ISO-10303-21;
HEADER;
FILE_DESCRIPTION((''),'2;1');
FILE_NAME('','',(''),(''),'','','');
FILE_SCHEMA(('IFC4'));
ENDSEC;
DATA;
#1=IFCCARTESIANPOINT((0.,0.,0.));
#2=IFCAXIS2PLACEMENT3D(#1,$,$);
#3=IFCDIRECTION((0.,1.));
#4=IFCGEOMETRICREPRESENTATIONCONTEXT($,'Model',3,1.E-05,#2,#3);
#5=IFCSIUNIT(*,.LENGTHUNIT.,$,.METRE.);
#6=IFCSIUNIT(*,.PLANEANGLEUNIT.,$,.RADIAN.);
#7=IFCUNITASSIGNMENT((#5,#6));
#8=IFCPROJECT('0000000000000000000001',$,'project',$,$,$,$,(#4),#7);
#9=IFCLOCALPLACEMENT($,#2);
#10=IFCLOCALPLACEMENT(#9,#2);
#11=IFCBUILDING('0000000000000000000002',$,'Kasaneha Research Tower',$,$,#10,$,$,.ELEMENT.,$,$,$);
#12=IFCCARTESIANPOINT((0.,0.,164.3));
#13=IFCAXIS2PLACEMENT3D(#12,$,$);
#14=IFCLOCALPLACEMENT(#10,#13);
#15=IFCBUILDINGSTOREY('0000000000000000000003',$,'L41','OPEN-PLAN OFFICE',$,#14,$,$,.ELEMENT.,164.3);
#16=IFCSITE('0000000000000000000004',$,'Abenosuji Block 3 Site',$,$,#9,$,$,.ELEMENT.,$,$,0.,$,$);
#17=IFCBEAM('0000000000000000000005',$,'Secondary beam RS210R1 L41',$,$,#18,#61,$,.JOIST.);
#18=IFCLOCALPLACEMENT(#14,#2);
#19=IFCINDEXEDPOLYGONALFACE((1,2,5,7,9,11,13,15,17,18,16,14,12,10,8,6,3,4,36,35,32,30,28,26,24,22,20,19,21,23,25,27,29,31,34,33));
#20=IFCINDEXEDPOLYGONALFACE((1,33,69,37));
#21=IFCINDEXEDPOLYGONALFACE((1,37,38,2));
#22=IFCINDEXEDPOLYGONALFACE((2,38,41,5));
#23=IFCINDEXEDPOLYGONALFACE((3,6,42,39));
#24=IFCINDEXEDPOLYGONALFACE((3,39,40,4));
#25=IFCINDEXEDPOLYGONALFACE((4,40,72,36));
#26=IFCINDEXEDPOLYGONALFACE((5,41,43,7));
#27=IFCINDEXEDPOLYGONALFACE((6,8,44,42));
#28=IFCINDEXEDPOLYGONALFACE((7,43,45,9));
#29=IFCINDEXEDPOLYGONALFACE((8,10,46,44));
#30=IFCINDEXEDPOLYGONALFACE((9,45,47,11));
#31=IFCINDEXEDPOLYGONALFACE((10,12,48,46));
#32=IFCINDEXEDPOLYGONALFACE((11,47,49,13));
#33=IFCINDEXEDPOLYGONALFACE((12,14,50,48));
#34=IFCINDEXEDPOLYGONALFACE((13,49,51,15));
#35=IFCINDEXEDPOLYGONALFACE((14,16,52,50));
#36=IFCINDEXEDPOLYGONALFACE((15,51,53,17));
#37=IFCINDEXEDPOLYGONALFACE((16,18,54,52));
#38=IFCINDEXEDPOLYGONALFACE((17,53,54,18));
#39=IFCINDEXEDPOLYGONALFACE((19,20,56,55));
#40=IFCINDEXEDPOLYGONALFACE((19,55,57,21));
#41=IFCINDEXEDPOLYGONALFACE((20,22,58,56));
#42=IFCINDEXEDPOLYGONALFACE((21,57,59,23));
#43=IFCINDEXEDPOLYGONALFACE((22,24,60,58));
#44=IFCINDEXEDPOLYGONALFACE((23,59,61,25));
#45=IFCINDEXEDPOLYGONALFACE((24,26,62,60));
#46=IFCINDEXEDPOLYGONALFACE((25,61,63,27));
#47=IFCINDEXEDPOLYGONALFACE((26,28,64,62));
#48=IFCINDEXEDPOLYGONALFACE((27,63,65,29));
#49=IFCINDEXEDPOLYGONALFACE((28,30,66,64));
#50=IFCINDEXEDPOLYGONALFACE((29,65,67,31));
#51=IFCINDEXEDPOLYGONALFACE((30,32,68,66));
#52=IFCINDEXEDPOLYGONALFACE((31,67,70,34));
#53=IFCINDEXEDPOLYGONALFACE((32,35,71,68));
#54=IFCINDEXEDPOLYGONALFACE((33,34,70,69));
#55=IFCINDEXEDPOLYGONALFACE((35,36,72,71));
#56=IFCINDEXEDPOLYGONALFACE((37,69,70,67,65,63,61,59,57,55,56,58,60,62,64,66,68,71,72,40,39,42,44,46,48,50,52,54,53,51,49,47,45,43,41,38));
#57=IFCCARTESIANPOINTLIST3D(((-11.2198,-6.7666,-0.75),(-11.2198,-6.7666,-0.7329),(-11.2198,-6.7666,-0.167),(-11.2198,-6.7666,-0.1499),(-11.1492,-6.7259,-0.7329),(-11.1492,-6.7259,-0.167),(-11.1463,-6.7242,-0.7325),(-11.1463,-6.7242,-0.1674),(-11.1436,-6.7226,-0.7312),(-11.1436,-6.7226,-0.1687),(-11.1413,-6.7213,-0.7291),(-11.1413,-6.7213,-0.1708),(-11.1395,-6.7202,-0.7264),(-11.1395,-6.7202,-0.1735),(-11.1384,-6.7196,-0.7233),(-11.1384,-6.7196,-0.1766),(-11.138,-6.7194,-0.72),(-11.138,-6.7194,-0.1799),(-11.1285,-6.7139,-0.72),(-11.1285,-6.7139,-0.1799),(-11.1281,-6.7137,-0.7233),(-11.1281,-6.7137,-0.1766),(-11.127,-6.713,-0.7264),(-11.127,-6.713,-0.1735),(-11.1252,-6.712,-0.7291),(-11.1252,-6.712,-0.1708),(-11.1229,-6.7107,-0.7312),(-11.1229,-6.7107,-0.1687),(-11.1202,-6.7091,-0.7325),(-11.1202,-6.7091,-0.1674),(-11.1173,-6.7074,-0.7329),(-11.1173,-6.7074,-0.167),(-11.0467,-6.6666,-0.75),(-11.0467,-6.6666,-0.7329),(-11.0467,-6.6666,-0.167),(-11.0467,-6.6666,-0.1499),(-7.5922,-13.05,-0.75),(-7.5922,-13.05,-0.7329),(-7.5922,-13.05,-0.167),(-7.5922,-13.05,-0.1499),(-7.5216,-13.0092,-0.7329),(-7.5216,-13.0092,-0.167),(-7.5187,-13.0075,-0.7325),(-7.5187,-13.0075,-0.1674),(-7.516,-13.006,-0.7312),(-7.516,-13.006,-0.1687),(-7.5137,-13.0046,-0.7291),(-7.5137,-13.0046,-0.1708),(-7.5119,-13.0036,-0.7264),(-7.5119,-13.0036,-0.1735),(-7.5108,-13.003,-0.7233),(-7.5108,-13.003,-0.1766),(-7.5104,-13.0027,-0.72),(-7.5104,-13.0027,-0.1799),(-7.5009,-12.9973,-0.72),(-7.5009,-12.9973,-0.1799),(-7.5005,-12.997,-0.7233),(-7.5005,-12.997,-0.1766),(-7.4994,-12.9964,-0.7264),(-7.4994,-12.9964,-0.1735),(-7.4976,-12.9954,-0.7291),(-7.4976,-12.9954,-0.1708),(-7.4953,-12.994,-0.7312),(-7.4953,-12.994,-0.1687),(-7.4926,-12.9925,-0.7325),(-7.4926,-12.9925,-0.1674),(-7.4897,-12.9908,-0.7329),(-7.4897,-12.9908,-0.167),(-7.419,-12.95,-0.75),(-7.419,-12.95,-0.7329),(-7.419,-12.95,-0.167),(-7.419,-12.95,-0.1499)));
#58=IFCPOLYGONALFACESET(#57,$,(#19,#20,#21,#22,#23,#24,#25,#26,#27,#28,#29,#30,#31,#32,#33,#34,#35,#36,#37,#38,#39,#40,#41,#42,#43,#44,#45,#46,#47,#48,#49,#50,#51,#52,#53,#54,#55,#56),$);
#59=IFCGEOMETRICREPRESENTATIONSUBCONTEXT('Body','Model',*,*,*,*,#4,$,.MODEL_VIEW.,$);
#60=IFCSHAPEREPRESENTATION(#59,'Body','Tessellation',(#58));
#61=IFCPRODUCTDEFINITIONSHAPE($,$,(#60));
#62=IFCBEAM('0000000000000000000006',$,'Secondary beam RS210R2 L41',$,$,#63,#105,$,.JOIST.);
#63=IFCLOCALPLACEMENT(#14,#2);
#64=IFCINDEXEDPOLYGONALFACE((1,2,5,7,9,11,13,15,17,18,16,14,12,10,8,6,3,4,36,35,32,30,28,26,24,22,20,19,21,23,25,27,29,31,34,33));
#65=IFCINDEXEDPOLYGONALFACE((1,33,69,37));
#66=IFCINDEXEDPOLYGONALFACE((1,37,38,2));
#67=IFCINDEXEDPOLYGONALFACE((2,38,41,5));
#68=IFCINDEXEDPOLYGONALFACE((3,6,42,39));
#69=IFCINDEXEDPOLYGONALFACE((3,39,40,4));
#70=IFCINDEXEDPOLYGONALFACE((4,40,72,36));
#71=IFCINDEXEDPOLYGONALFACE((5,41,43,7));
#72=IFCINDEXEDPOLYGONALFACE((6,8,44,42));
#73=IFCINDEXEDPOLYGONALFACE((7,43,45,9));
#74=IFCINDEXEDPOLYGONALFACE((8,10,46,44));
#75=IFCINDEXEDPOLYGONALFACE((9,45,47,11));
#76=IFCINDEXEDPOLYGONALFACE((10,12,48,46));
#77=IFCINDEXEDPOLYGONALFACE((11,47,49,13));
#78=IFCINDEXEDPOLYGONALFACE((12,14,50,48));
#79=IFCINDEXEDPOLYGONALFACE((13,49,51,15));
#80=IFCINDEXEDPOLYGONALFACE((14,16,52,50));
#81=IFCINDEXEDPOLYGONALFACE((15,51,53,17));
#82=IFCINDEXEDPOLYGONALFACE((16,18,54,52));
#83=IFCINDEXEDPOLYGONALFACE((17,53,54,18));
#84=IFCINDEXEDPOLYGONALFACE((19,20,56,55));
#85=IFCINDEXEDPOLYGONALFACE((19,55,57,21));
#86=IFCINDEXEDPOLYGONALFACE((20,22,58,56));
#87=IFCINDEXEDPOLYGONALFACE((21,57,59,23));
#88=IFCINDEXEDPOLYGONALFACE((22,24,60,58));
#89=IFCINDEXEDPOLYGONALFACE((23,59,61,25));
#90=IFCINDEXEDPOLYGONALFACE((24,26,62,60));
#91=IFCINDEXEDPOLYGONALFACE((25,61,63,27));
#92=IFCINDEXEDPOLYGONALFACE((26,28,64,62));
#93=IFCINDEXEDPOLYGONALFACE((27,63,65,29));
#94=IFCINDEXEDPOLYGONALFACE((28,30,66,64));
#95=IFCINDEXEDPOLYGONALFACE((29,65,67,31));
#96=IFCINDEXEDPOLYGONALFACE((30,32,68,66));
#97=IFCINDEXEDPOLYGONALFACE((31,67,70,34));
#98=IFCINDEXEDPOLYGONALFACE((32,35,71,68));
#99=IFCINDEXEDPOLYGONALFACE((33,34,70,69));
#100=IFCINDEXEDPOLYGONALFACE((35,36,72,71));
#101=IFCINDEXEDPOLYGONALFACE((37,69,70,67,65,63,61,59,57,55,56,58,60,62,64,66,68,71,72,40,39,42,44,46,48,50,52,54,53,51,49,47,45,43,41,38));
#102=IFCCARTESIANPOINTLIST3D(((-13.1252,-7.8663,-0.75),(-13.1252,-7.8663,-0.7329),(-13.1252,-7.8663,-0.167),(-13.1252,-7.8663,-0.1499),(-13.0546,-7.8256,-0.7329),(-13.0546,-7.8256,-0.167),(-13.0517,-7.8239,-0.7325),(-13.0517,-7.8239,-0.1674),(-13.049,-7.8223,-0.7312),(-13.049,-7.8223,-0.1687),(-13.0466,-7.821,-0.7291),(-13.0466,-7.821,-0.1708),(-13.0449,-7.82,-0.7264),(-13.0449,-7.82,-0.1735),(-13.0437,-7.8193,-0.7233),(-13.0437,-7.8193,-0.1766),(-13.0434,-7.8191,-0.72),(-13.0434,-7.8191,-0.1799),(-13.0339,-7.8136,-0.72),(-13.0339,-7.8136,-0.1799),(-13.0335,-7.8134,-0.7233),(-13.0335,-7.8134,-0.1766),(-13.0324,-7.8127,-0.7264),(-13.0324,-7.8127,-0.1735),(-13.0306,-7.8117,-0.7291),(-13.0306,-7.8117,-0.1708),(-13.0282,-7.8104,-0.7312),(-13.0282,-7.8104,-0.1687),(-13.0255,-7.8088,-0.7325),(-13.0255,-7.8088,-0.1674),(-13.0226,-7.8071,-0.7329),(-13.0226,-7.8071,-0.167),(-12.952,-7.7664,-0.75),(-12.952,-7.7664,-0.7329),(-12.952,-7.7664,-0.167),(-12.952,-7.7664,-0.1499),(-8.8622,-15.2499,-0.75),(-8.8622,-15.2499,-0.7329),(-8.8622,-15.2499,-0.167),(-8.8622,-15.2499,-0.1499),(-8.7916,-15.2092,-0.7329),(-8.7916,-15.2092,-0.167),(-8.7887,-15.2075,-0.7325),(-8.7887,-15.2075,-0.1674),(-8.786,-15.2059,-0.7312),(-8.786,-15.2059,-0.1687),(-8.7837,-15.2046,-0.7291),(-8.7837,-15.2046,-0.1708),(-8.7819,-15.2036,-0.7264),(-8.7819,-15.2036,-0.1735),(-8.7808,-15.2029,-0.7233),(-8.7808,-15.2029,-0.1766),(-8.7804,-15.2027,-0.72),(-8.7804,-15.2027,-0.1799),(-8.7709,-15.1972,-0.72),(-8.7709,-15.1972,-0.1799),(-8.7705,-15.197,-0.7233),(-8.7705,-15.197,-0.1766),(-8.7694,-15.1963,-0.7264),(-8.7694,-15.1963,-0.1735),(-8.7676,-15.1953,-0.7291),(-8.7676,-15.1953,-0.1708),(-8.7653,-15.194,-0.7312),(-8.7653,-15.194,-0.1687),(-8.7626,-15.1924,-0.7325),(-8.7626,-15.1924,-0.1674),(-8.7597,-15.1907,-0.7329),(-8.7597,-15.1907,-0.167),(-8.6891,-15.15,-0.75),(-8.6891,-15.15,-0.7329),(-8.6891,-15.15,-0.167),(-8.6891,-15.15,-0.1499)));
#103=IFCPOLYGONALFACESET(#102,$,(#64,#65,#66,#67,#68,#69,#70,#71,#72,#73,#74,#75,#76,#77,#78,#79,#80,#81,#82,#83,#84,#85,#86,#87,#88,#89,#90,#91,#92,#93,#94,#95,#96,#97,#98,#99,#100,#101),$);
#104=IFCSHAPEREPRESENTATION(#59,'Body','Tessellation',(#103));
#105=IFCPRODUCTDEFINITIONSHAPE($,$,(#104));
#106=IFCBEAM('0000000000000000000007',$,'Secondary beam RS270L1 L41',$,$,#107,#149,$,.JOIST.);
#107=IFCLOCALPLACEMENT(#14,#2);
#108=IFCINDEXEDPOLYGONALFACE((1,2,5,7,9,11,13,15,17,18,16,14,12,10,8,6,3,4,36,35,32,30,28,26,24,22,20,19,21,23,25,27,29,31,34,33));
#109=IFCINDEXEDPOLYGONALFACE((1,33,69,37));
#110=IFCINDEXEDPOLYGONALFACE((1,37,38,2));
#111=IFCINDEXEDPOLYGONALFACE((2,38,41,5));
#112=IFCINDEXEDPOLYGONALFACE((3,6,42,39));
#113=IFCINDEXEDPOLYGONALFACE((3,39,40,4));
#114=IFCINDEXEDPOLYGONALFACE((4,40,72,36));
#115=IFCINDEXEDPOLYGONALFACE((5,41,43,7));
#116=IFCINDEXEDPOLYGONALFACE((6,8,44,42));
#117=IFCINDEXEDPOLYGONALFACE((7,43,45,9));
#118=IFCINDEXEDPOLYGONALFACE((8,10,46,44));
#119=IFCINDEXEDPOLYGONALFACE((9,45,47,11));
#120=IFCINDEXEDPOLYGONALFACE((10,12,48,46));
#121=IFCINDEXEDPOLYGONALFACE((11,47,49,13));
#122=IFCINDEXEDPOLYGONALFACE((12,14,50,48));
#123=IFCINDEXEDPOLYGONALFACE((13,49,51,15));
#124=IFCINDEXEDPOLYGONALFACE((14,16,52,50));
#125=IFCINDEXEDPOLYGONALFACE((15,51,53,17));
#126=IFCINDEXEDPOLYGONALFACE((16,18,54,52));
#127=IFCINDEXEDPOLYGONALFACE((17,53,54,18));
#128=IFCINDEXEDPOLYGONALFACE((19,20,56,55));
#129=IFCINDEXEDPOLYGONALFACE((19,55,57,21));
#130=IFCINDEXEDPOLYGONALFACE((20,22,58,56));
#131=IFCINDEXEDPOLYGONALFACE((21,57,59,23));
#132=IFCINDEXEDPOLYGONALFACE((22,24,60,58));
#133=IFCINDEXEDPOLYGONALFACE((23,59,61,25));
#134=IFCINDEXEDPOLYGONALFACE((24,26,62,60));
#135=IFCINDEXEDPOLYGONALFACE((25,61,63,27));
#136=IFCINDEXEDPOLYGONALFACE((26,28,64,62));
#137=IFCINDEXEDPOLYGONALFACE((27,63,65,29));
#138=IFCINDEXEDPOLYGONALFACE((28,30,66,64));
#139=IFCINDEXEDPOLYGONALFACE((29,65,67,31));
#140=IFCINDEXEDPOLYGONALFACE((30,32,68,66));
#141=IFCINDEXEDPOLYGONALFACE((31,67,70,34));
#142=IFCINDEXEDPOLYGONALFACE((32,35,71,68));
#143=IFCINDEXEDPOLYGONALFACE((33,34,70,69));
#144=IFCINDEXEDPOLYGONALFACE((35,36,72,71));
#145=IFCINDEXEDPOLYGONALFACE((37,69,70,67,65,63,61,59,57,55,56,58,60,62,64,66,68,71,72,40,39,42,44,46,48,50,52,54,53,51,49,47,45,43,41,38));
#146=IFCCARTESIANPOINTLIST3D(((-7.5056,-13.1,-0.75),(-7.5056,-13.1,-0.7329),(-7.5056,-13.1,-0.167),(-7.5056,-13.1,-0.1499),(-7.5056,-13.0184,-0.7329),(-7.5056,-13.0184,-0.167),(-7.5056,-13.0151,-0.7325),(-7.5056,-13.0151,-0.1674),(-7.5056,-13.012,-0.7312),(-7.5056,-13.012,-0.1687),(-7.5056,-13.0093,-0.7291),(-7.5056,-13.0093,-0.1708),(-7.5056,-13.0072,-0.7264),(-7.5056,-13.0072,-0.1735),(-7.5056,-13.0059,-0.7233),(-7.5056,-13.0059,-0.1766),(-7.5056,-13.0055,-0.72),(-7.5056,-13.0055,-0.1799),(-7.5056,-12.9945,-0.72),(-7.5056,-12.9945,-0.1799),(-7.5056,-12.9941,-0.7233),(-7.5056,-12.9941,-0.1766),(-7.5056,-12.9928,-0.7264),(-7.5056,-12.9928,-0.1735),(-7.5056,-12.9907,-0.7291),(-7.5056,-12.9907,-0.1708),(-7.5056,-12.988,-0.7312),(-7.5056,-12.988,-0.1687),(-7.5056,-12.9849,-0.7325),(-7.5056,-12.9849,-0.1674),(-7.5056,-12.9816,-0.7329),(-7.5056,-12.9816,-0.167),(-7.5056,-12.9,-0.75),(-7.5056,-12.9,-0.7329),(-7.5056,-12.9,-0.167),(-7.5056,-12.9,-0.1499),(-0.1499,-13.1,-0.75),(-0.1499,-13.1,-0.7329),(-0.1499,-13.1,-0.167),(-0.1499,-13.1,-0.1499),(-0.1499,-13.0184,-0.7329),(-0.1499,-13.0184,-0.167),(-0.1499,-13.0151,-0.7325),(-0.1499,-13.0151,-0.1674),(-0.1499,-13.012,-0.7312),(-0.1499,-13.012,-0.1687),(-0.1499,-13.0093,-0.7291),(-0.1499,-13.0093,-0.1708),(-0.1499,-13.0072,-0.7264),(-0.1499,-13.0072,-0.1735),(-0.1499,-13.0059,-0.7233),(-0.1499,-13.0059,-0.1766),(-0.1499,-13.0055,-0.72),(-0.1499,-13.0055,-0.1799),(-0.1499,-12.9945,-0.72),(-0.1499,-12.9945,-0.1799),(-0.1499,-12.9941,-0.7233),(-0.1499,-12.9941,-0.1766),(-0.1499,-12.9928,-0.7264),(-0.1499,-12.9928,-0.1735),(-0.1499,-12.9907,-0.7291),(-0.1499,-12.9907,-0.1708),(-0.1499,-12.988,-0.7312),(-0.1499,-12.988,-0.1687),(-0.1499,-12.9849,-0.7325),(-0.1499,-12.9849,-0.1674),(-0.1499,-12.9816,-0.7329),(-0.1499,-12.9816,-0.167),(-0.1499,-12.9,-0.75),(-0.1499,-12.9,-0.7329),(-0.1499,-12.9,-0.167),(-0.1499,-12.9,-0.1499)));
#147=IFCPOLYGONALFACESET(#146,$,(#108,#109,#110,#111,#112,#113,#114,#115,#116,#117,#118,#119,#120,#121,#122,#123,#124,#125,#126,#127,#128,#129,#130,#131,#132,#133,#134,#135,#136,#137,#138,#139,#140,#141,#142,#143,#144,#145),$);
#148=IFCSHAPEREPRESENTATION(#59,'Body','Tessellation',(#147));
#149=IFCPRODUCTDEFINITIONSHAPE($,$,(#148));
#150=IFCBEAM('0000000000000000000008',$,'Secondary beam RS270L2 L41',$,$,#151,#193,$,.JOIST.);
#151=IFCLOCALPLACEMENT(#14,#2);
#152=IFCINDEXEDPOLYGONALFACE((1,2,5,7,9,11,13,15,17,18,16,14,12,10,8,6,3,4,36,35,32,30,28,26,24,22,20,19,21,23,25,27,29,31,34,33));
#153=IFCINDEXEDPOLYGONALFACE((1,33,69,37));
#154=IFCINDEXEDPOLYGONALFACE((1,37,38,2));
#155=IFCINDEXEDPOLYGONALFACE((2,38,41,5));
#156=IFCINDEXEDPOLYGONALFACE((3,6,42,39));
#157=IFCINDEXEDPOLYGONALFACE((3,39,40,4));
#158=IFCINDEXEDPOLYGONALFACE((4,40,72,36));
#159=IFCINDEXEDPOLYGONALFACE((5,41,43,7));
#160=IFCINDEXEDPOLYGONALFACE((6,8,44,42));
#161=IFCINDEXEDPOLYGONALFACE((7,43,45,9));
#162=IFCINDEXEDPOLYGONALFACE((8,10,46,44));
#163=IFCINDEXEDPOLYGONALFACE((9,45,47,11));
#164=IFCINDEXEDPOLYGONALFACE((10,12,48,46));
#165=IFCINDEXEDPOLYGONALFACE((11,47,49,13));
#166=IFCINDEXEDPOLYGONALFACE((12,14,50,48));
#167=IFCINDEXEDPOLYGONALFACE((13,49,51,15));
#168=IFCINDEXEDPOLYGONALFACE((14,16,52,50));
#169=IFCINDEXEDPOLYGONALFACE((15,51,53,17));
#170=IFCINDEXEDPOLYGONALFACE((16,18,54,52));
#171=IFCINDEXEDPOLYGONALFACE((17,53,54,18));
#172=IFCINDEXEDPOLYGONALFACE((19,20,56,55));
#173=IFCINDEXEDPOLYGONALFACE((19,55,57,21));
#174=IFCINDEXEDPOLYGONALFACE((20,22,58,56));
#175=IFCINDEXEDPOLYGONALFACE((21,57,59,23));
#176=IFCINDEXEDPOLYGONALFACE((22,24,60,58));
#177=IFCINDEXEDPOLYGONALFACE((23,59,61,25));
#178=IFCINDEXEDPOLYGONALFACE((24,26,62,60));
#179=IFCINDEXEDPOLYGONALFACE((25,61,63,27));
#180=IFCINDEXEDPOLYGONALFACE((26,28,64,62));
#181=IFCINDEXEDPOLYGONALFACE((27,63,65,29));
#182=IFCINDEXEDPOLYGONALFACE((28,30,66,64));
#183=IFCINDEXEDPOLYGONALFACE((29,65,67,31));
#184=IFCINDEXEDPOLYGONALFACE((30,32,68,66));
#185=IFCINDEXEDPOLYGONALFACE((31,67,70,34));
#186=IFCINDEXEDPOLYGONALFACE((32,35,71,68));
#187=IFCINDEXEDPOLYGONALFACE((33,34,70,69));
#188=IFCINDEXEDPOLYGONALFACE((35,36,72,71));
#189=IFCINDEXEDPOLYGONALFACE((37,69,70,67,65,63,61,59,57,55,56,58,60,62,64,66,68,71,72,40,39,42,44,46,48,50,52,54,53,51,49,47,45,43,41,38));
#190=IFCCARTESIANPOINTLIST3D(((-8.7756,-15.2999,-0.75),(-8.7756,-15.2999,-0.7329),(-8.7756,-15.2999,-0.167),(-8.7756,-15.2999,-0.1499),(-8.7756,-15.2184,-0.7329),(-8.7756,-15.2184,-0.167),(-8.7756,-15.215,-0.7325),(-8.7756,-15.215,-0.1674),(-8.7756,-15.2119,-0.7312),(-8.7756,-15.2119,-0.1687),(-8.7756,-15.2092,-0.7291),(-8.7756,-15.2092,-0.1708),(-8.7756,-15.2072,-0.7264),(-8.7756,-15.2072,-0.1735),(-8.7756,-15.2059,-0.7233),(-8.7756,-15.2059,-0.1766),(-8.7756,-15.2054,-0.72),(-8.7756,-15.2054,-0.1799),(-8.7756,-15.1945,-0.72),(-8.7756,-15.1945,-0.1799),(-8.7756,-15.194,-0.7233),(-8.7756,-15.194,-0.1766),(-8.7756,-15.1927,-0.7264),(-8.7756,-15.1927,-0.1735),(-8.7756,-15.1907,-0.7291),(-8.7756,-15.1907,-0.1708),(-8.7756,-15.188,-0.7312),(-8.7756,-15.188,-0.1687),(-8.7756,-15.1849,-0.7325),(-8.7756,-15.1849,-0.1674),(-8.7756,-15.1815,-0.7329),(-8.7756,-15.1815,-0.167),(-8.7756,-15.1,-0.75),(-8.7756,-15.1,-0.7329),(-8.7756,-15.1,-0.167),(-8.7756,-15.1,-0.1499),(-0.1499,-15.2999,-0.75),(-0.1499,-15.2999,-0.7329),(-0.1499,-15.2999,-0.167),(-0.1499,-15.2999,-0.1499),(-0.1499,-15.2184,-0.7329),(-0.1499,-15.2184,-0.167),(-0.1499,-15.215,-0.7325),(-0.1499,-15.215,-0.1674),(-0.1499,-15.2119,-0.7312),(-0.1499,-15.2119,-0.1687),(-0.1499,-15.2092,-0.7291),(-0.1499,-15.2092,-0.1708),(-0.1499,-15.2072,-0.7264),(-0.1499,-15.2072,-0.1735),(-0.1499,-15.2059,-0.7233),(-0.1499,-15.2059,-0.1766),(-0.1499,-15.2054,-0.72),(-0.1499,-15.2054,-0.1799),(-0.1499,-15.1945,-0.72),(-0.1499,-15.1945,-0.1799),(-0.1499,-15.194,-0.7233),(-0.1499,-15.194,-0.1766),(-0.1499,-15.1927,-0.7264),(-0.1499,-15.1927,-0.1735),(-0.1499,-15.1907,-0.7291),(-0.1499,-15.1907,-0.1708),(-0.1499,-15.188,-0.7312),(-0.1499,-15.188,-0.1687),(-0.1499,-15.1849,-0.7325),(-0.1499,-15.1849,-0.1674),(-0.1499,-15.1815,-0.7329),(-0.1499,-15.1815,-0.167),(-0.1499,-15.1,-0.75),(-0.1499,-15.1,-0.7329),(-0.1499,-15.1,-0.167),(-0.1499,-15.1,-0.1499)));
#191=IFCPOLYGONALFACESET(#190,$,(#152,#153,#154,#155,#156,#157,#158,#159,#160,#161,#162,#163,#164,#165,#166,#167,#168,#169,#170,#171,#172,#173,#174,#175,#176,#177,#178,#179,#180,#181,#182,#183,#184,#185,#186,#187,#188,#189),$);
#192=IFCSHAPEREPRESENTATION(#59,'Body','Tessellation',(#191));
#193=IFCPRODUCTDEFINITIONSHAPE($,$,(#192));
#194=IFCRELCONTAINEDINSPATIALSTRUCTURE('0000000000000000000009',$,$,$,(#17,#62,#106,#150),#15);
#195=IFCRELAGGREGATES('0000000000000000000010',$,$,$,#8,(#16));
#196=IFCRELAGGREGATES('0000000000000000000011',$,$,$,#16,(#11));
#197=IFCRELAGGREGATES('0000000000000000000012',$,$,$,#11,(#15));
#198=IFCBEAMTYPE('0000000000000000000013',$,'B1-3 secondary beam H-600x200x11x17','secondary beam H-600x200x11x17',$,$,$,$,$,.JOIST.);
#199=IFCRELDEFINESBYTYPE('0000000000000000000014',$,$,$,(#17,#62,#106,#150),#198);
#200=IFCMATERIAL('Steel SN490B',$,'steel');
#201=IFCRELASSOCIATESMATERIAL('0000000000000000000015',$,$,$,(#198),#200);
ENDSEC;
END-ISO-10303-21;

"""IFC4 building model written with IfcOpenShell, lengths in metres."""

from ifc_helpers import new_model, si_unit, direction, frame, origin, origin_2d, place, context, subcontext, project, spatial, i_section, extrude, material, material_profile, profile_set, type_object, element, save


model = new_model("IFC4")

# Units and contexts
model_context = context("Model", 3, precision=1e-05, world=origin(), true_north=direction((0.0, 1.0)))
body_context = subcontext(model_context, "Body", "Model", "MODEL_VIEW")
ifc_project = project(units=[si_unit("LENGTHUNIT", "METRE"), si_unit("PLANEANGLEUNIT", "RADIAN")], contexts=[model_context])

# Site, building, storey
site_placement = place(None, origin())
site = spatial("IfcSite", under=ifc_project, at=site_placement, Name="Abenosuji Block 3 Site", CompositionType="ELEMENT", RefElevation=0.0)
building_placement = place(site_placement, origin())
building = spatial("IfcBuilding", under=site, at=building_placement, Name="Kasaneha Research Tower", CompositionType="ELEMENT")
storey_placement = place(building_placement, frame((0.0, 0.0, 164.3)))
storey = spatial("IfcBuildingStorey", under=building, at=storey_placement, Name="L41", Description="OPEN-PLAN OFFICE", CompositionType="ELEMENT", Elevation=164.3)

# Beams
ifc_material_1 = material(Name="Steel SN490B", Category="steel")
ifc_material_profile = material_profile(ifc_material_1, i_section(OverallWidth=0.2, OverallDepth=0.6001, WebThickness=0.011, FlangeThickness=0.0171, FilletRadius=0.0129, at=origin_2d()), Name="H-600x200x11x17")
ifc_profile_set = profile_set([ifc_material_profile], Name="Steel SN490B")
beam_type = type_object("IfcBeamType", Name="B1-3 secondary beam H-600x200x11x17", Description="secondary beam H-600x200x11x17", PredefinedType="JOIST", material=ifc_profile_set)
beam_1_placement = place(storey_placement, frame((-7.5056, -13.0, -0.45), z_axis=(-0.499993, 0.866029, 0.0), x_axis=(-0.866029, -0.499993, 0.0)))
element("IfcBeam", 1, at=beam_1_placement, inside=storey, type_object=beam_type, Name="Secondary beam RS210R1 L41", PredefinedType="JOIST", context=body_context, shape_type="SweptSolid", body=[
    extrude(i_section(OverallWidth=0.2, OverallDepth=0.6001, WebThickness=0.011, FlangeThickness=0.0171, FilletRadius=0.0129, at=origin_2d()), origin(), (0.0, 0.0, 1.0), 7.2554),
])
beam_2_placement = place(storey_placement, frame((-8.7756, -15.2, -0.45), z_axis=(-0.500004, 0.866023, 0.0), x_axis=(-0.866023, -0.500004, 0.0)))
element("IfcBeam", 2, at=beam_2_placement, inside=storey, type_object=beam_type, Name="Secondary beam RS210R2 L41", PredefinedType="JOIST", context=body_context, shape_type="SweptSolid", body=[
    extrude(i_section(OverallWidth=0.2, OverallDepth=0.6001, WebThickness=0.011, FlangeThickness=0.0171, FilletRadius=0.0129, at=origin_2d()), origin(), (0.0, 0.0, 1.0), 8.5259),
])
beam_3_placement = place(storey_placement, frame((-7.5056, -13.0, -0.45), z_axis=(1.0, 0.0, 0.0), x_axis=(0.0, 1.0, 0.0)))
element("IfcBeam", 3, at=beam_3_placement, inside=storey, type_object=beam_type, Name="Secondary beam RS270L1 L41", PredefinedType="JOIST", context=body_context, shape_type="SweptSolid", body=[
    extrude(i_section(OverallWidth=0.2, OverallDepth=0.6001, WebThickness=0.011, FlangeThickness=0.0171, FilletRadius=0.0129, at=origin_2d()), origin(), (0.0, 0.0, 1.0), 7.3557),
])
beam_4_placement = place(storey_placement, frame((-8.7756, -15.2, -0.45), z_axis=(1.0, 0.0, 0.0), x_axis=(0.0, 1.0, 0.0)))
element("IfcBeam", 4, at=beam_4_placement, inside=storey, type_object=beam_type, Name="Secondary beam RS270L2 L41", PredefinedType="JOIST", context=body_context, shape_type="SweptSolid", body=[
    extrude(i_section(OverallWidth=0.2, OverallDepth=0.6001, WebThickness=0.011, FlangeThickness=0.0171, FilletRadius=0.0129, at=origin_2d()), origin(), (0.0, 0.0, 1.0), 8.6257),
])

save(model, "model.ifc")
